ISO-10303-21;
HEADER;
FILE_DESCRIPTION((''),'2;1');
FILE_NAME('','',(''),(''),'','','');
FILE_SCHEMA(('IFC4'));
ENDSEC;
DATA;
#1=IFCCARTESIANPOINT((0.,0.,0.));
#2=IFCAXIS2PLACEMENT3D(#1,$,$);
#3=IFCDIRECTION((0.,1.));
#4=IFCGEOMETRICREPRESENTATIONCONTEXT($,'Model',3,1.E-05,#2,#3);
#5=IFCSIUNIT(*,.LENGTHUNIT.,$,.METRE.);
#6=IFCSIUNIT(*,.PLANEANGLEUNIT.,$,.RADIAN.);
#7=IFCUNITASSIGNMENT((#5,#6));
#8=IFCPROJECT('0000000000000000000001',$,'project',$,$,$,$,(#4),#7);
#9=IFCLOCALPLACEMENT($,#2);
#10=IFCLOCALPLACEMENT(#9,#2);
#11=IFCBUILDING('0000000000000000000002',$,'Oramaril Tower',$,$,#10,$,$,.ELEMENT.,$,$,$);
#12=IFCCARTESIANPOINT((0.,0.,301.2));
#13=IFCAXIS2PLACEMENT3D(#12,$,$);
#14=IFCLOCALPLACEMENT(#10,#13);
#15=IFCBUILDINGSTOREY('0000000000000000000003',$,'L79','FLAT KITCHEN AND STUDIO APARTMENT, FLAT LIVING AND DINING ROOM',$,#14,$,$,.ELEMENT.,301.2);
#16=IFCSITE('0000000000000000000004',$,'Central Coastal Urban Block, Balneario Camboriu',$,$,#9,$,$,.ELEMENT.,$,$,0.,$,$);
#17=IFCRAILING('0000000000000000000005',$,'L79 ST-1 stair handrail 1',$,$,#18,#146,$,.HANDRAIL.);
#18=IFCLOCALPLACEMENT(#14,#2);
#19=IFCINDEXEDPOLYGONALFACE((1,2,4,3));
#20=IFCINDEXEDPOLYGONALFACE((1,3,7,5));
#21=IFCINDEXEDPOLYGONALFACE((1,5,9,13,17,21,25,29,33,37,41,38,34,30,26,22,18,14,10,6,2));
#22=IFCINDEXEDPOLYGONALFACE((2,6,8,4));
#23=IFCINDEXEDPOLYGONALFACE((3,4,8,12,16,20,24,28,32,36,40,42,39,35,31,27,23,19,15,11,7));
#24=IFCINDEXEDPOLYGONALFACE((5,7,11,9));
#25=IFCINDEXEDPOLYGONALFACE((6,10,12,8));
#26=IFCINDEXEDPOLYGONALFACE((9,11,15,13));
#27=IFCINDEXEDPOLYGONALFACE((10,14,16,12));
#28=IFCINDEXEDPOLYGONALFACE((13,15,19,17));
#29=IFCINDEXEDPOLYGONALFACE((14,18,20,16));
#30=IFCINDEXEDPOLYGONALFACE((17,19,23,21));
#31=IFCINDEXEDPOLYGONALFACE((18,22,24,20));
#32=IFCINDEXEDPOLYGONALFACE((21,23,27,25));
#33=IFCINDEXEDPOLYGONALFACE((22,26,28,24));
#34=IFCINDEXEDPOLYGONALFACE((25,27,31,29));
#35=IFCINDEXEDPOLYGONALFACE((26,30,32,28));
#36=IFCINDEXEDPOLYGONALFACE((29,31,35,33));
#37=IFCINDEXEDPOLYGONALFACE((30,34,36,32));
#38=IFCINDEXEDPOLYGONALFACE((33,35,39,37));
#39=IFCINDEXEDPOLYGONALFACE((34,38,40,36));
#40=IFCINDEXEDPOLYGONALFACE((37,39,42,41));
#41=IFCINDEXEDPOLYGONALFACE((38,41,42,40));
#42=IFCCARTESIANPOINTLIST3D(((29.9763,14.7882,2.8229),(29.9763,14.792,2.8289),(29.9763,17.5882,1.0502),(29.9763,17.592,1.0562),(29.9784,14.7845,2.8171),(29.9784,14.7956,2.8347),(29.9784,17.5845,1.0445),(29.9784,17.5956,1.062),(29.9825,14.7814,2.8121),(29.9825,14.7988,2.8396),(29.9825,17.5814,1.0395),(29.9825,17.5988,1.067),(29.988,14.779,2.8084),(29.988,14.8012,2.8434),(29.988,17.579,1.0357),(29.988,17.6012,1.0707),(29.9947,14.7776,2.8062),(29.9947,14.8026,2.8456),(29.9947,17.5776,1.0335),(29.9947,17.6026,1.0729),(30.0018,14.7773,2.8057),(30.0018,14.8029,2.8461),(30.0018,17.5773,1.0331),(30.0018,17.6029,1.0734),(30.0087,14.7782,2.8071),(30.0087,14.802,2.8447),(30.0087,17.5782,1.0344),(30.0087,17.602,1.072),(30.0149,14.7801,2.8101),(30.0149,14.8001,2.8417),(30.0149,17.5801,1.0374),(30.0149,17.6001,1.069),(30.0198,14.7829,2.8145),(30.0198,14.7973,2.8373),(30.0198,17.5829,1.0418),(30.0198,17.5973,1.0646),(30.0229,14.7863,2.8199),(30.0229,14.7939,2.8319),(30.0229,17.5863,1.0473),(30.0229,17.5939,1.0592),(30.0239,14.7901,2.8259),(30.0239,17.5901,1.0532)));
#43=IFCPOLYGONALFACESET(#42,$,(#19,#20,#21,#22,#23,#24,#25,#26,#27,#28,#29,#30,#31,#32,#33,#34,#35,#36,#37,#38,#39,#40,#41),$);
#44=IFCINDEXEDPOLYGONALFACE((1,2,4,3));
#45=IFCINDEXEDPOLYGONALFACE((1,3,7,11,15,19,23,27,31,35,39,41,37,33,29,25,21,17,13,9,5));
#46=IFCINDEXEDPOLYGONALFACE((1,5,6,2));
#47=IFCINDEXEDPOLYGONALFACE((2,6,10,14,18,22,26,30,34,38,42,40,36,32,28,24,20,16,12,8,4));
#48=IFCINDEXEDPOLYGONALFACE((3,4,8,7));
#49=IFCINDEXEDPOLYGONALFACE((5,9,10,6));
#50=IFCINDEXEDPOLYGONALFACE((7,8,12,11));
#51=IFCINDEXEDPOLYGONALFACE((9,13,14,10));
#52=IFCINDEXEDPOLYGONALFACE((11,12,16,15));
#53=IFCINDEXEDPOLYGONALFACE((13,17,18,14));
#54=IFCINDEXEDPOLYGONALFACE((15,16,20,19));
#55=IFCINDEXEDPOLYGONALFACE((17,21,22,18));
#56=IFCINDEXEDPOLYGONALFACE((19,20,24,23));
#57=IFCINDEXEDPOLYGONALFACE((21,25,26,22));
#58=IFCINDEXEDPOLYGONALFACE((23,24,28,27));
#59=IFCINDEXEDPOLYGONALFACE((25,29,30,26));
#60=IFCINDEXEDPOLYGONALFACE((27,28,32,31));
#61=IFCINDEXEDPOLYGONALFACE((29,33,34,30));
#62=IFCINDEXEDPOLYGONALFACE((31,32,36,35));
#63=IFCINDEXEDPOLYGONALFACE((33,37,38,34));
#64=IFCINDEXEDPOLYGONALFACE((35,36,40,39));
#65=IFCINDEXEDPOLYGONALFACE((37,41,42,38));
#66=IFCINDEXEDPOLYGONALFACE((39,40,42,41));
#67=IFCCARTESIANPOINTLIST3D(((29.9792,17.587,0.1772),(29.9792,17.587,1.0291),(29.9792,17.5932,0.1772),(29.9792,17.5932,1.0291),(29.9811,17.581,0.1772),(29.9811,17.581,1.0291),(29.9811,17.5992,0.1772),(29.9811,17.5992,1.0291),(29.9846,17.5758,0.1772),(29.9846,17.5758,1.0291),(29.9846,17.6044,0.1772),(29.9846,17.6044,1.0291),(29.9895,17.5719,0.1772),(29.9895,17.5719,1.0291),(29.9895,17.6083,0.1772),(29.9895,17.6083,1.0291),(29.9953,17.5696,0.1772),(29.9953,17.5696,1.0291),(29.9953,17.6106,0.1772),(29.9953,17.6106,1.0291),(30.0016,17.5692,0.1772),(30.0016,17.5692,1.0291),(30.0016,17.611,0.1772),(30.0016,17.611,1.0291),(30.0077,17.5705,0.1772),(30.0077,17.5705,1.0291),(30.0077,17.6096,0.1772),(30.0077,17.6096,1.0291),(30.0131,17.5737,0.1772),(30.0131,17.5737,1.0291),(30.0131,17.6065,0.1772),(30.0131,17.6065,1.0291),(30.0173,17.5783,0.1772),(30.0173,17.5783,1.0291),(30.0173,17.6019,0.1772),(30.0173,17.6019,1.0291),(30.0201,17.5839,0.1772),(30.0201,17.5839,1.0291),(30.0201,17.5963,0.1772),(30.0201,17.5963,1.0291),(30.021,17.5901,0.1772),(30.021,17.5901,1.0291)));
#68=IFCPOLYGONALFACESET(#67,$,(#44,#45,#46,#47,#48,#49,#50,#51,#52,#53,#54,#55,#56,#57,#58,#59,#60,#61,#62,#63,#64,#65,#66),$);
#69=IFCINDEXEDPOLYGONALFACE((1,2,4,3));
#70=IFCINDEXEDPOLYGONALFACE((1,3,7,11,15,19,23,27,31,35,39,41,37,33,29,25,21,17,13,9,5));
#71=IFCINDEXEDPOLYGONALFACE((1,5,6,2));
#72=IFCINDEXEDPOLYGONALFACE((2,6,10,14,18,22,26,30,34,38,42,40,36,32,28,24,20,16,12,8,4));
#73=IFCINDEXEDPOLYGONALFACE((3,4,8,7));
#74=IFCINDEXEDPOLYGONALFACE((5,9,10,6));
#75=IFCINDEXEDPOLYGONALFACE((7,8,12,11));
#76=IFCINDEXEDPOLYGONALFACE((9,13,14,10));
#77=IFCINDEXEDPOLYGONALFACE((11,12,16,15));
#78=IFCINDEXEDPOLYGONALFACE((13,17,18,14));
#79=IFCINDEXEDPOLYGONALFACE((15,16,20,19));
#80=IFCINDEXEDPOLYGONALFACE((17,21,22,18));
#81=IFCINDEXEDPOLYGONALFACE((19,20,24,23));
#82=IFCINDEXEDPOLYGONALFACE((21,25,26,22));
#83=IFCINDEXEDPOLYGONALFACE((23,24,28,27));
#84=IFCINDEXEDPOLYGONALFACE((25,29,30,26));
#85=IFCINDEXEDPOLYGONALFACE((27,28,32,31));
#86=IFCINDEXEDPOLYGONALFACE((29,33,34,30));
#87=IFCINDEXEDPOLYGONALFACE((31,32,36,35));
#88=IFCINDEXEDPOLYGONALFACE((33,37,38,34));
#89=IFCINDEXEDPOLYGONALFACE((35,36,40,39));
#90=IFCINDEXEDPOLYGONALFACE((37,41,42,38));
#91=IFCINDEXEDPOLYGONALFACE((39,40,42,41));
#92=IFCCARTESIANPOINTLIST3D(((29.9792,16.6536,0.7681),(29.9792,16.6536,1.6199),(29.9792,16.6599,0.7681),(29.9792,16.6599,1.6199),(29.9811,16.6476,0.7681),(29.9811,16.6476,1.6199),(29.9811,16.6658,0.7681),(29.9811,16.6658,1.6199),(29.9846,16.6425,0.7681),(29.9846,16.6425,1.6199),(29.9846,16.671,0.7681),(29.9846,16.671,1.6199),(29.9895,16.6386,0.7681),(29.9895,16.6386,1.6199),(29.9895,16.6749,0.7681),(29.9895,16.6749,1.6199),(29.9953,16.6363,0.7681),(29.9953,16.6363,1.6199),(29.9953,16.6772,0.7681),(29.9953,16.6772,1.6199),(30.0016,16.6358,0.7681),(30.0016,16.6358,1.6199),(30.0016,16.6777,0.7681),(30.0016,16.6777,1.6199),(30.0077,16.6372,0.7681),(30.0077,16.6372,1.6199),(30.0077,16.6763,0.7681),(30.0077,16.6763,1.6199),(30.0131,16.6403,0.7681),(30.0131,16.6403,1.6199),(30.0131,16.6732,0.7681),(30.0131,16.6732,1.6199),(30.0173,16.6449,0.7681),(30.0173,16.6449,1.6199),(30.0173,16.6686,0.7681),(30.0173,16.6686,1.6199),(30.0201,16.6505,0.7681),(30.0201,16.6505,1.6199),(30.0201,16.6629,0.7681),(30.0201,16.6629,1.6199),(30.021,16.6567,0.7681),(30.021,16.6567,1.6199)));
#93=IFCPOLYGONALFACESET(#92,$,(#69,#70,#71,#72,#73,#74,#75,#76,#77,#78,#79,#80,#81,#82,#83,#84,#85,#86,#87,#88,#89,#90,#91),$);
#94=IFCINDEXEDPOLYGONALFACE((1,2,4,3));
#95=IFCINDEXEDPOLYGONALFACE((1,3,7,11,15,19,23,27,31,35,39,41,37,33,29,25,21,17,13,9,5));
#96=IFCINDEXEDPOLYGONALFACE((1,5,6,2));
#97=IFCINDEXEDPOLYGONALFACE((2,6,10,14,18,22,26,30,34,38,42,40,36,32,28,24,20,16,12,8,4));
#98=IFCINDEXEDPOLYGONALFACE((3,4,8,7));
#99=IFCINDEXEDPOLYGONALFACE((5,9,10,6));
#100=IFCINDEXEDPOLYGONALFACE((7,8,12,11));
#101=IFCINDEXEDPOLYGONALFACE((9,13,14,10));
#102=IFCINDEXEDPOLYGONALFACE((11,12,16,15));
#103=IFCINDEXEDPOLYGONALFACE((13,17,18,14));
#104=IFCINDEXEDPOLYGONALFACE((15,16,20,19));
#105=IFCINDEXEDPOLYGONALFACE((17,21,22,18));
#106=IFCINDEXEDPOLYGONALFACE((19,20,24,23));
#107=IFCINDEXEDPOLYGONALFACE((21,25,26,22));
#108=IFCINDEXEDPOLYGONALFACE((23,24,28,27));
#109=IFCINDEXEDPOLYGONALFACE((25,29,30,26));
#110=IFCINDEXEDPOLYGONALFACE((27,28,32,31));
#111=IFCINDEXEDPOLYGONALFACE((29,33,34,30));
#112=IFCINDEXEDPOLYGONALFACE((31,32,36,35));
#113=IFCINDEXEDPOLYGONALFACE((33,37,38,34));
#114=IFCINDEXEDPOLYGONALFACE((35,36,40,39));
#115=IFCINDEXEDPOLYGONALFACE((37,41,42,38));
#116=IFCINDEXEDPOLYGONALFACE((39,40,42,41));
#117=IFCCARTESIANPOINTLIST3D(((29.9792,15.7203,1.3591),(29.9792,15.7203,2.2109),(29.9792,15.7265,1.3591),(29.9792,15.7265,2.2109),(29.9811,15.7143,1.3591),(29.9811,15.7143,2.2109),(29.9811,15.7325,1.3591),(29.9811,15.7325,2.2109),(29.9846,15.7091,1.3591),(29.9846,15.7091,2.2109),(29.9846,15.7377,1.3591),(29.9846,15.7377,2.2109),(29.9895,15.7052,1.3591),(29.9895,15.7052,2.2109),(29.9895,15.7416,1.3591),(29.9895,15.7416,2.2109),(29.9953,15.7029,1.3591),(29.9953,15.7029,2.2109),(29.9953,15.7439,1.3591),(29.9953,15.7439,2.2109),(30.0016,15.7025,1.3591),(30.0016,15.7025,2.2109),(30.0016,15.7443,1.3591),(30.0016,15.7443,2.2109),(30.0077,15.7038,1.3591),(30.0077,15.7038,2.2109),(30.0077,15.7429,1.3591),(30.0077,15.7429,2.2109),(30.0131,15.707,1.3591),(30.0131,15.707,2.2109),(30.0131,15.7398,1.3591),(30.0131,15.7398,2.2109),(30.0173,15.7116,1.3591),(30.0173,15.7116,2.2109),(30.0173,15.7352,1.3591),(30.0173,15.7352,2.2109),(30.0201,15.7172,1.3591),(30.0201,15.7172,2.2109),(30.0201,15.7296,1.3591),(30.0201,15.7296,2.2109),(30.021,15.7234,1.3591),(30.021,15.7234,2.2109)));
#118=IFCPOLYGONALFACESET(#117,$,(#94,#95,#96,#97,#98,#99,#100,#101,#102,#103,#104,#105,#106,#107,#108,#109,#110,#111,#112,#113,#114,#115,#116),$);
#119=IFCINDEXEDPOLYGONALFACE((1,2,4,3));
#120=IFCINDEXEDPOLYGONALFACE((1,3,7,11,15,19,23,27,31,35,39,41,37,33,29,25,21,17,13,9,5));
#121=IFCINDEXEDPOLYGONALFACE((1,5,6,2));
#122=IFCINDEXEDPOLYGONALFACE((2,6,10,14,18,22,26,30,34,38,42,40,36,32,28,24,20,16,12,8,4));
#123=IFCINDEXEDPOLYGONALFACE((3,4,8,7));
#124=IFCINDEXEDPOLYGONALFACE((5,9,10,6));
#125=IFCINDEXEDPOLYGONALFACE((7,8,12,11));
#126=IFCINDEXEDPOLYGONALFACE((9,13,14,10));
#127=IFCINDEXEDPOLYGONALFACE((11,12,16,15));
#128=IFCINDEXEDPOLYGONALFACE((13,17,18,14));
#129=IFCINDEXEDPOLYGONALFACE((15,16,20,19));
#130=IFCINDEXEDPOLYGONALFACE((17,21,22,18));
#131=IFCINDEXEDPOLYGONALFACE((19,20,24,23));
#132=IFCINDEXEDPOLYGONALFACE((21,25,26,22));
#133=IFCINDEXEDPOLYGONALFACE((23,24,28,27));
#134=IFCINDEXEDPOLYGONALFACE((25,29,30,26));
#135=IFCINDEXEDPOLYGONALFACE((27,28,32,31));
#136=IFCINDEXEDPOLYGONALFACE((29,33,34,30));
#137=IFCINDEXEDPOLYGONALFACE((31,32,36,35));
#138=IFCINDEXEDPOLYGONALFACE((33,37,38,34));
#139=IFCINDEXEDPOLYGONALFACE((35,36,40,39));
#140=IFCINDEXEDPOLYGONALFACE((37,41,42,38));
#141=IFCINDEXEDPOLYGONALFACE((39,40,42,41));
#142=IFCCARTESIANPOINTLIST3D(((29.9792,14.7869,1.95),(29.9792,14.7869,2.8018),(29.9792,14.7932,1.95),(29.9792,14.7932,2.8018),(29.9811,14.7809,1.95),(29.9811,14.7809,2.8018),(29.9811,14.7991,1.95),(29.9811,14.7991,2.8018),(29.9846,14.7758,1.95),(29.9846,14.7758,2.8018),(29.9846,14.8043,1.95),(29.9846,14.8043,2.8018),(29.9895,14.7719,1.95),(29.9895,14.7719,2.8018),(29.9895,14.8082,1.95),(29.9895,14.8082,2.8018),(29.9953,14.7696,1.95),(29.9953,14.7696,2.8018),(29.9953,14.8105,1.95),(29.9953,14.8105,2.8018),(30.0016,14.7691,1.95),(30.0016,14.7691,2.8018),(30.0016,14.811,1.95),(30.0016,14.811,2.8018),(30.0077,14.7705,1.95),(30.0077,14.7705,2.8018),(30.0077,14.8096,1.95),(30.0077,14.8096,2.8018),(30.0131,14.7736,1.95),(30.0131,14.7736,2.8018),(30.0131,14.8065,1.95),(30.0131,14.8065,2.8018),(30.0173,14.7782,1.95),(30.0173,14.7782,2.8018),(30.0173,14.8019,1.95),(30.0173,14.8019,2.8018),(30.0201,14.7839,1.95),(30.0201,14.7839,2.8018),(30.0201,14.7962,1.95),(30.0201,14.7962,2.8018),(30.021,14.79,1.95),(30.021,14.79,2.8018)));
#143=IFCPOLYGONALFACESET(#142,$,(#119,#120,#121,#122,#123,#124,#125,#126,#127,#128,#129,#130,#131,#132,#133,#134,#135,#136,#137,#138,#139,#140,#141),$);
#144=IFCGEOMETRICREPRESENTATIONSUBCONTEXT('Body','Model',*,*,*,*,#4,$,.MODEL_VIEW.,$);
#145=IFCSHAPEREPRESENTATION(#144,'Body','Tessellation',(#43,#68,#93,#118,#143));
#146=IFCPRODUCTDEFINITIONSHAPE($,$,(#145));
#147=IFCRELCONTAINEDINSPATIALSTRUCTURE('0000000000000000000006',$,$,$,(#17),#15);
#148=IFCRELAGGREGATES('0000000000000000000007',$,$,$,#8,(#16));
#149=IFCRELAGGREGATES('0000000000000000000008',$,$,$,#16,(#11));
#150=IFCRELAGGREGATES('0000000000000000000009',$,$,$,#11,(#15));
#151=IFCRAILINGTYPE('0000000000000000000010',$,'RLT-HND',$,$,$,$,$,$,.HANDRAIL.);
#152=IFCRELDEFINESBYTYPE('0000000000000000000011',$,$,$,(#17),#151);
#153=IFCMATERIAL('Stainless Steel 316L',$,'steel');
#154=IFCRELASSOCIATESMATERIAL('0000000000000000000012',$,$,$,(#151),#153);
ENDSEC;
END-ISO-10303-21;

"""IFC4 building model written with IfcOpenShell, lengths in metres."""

from ifc_helpers import new_model, si_unit, direction, frame, origin, origin_2d, place, context, subcontext, project, spatial, circle, extrude, material, type_object, element, save


model = new_model("IFC4")

# Units and contexts
model_context = context("Model", 3, precision=1e-05, world=origin(), true_north=direction((0.0, 1.0)))
body_context = subcontext(model_context, "Body", "Model", "MODEL_VIEW")
ifc_project = project(units=[si_unit("LENGTHUNIT", "METRE"), si_unit("PLANEANGLEUNIT", "RADIAN")], contexts=[model_context])

# Site, building, storey
site_placement = place(None, origin())
site = spatial("IfcSite", under=ifc_project, at=site_placement, Name="Central Coastal Urban Block, Balneario Camboriu", CompositionType="ELEMENT", RefElevation=0.0)
building_placement = place(site_placement, origin())
building = spatial("IfcBuilding", under=site, at=building_placement, Name="Oramaril Tower", CompositionType="ELEMENT")
storey_placement = place(building_placement, frame((0.0, 0.0, 301.2)))
storey = spatial("IfcBuildingStorey", under=building, at=storey_placement, Name="L79", Description="FLAT KITCHEN AND STUDIO APARTMENT, FLAT LIVING AND DINING ROOM", CompositionType="ELEMENT", Elevation=301.2)

# Railing
ifc_material_1 = material(Name="Stainless Steel 316L", Category="steel")
railing_type_1 = type_object("IfcRailingType", Name="RLT-HND", PredefinedType="HANDRAIL", material=ifc_material_1)
railing_1_placement = place(storey_placement, frame((30.0, 17.5901, 0.1772)))
element("IfcRailing", 1, at=railing_1_placement, inside=storey, type_object=railing_type_1, Name="L79 ST-1 stair handrail 1", PredefinedType="HANDRAIL", context=body_context, shape_type="SweptSolid", body=[
    extrude(circle(Radius=0.0239, at=origin_2d()), frame((0.0, 0.0, 0.876), z_axis=(0.0, -0.844909, 0.53491), x_axis=(1.0, 0.0, 0.0)), (0.0, 0.0, 1.0), 3.314),
    extrude(circle(Radius=0.021, at=origin_2d()), origin(), (0.0, 0.0, 1.0), 0.8518),
    extrude(circle(Radius=0.021, at=origin_2d()), frame((0.0, -0.9333, 0.5908)), (0.0, 0.0, 1.0), 0.8518),
    extrude(circle(Radius=0.021, at=origin_2d()), frame((0.0, -1.8667, 1.1819)), (0.0, 0.0, 1.0), 0.8518),
    extrude(circle(Radius=0.021, at=origin_2d()), frame((0.0, -2.8, 1.7727)), (0.0, 0.0, 1.0), 0.8518),
])

save(model, "model.ifc")
